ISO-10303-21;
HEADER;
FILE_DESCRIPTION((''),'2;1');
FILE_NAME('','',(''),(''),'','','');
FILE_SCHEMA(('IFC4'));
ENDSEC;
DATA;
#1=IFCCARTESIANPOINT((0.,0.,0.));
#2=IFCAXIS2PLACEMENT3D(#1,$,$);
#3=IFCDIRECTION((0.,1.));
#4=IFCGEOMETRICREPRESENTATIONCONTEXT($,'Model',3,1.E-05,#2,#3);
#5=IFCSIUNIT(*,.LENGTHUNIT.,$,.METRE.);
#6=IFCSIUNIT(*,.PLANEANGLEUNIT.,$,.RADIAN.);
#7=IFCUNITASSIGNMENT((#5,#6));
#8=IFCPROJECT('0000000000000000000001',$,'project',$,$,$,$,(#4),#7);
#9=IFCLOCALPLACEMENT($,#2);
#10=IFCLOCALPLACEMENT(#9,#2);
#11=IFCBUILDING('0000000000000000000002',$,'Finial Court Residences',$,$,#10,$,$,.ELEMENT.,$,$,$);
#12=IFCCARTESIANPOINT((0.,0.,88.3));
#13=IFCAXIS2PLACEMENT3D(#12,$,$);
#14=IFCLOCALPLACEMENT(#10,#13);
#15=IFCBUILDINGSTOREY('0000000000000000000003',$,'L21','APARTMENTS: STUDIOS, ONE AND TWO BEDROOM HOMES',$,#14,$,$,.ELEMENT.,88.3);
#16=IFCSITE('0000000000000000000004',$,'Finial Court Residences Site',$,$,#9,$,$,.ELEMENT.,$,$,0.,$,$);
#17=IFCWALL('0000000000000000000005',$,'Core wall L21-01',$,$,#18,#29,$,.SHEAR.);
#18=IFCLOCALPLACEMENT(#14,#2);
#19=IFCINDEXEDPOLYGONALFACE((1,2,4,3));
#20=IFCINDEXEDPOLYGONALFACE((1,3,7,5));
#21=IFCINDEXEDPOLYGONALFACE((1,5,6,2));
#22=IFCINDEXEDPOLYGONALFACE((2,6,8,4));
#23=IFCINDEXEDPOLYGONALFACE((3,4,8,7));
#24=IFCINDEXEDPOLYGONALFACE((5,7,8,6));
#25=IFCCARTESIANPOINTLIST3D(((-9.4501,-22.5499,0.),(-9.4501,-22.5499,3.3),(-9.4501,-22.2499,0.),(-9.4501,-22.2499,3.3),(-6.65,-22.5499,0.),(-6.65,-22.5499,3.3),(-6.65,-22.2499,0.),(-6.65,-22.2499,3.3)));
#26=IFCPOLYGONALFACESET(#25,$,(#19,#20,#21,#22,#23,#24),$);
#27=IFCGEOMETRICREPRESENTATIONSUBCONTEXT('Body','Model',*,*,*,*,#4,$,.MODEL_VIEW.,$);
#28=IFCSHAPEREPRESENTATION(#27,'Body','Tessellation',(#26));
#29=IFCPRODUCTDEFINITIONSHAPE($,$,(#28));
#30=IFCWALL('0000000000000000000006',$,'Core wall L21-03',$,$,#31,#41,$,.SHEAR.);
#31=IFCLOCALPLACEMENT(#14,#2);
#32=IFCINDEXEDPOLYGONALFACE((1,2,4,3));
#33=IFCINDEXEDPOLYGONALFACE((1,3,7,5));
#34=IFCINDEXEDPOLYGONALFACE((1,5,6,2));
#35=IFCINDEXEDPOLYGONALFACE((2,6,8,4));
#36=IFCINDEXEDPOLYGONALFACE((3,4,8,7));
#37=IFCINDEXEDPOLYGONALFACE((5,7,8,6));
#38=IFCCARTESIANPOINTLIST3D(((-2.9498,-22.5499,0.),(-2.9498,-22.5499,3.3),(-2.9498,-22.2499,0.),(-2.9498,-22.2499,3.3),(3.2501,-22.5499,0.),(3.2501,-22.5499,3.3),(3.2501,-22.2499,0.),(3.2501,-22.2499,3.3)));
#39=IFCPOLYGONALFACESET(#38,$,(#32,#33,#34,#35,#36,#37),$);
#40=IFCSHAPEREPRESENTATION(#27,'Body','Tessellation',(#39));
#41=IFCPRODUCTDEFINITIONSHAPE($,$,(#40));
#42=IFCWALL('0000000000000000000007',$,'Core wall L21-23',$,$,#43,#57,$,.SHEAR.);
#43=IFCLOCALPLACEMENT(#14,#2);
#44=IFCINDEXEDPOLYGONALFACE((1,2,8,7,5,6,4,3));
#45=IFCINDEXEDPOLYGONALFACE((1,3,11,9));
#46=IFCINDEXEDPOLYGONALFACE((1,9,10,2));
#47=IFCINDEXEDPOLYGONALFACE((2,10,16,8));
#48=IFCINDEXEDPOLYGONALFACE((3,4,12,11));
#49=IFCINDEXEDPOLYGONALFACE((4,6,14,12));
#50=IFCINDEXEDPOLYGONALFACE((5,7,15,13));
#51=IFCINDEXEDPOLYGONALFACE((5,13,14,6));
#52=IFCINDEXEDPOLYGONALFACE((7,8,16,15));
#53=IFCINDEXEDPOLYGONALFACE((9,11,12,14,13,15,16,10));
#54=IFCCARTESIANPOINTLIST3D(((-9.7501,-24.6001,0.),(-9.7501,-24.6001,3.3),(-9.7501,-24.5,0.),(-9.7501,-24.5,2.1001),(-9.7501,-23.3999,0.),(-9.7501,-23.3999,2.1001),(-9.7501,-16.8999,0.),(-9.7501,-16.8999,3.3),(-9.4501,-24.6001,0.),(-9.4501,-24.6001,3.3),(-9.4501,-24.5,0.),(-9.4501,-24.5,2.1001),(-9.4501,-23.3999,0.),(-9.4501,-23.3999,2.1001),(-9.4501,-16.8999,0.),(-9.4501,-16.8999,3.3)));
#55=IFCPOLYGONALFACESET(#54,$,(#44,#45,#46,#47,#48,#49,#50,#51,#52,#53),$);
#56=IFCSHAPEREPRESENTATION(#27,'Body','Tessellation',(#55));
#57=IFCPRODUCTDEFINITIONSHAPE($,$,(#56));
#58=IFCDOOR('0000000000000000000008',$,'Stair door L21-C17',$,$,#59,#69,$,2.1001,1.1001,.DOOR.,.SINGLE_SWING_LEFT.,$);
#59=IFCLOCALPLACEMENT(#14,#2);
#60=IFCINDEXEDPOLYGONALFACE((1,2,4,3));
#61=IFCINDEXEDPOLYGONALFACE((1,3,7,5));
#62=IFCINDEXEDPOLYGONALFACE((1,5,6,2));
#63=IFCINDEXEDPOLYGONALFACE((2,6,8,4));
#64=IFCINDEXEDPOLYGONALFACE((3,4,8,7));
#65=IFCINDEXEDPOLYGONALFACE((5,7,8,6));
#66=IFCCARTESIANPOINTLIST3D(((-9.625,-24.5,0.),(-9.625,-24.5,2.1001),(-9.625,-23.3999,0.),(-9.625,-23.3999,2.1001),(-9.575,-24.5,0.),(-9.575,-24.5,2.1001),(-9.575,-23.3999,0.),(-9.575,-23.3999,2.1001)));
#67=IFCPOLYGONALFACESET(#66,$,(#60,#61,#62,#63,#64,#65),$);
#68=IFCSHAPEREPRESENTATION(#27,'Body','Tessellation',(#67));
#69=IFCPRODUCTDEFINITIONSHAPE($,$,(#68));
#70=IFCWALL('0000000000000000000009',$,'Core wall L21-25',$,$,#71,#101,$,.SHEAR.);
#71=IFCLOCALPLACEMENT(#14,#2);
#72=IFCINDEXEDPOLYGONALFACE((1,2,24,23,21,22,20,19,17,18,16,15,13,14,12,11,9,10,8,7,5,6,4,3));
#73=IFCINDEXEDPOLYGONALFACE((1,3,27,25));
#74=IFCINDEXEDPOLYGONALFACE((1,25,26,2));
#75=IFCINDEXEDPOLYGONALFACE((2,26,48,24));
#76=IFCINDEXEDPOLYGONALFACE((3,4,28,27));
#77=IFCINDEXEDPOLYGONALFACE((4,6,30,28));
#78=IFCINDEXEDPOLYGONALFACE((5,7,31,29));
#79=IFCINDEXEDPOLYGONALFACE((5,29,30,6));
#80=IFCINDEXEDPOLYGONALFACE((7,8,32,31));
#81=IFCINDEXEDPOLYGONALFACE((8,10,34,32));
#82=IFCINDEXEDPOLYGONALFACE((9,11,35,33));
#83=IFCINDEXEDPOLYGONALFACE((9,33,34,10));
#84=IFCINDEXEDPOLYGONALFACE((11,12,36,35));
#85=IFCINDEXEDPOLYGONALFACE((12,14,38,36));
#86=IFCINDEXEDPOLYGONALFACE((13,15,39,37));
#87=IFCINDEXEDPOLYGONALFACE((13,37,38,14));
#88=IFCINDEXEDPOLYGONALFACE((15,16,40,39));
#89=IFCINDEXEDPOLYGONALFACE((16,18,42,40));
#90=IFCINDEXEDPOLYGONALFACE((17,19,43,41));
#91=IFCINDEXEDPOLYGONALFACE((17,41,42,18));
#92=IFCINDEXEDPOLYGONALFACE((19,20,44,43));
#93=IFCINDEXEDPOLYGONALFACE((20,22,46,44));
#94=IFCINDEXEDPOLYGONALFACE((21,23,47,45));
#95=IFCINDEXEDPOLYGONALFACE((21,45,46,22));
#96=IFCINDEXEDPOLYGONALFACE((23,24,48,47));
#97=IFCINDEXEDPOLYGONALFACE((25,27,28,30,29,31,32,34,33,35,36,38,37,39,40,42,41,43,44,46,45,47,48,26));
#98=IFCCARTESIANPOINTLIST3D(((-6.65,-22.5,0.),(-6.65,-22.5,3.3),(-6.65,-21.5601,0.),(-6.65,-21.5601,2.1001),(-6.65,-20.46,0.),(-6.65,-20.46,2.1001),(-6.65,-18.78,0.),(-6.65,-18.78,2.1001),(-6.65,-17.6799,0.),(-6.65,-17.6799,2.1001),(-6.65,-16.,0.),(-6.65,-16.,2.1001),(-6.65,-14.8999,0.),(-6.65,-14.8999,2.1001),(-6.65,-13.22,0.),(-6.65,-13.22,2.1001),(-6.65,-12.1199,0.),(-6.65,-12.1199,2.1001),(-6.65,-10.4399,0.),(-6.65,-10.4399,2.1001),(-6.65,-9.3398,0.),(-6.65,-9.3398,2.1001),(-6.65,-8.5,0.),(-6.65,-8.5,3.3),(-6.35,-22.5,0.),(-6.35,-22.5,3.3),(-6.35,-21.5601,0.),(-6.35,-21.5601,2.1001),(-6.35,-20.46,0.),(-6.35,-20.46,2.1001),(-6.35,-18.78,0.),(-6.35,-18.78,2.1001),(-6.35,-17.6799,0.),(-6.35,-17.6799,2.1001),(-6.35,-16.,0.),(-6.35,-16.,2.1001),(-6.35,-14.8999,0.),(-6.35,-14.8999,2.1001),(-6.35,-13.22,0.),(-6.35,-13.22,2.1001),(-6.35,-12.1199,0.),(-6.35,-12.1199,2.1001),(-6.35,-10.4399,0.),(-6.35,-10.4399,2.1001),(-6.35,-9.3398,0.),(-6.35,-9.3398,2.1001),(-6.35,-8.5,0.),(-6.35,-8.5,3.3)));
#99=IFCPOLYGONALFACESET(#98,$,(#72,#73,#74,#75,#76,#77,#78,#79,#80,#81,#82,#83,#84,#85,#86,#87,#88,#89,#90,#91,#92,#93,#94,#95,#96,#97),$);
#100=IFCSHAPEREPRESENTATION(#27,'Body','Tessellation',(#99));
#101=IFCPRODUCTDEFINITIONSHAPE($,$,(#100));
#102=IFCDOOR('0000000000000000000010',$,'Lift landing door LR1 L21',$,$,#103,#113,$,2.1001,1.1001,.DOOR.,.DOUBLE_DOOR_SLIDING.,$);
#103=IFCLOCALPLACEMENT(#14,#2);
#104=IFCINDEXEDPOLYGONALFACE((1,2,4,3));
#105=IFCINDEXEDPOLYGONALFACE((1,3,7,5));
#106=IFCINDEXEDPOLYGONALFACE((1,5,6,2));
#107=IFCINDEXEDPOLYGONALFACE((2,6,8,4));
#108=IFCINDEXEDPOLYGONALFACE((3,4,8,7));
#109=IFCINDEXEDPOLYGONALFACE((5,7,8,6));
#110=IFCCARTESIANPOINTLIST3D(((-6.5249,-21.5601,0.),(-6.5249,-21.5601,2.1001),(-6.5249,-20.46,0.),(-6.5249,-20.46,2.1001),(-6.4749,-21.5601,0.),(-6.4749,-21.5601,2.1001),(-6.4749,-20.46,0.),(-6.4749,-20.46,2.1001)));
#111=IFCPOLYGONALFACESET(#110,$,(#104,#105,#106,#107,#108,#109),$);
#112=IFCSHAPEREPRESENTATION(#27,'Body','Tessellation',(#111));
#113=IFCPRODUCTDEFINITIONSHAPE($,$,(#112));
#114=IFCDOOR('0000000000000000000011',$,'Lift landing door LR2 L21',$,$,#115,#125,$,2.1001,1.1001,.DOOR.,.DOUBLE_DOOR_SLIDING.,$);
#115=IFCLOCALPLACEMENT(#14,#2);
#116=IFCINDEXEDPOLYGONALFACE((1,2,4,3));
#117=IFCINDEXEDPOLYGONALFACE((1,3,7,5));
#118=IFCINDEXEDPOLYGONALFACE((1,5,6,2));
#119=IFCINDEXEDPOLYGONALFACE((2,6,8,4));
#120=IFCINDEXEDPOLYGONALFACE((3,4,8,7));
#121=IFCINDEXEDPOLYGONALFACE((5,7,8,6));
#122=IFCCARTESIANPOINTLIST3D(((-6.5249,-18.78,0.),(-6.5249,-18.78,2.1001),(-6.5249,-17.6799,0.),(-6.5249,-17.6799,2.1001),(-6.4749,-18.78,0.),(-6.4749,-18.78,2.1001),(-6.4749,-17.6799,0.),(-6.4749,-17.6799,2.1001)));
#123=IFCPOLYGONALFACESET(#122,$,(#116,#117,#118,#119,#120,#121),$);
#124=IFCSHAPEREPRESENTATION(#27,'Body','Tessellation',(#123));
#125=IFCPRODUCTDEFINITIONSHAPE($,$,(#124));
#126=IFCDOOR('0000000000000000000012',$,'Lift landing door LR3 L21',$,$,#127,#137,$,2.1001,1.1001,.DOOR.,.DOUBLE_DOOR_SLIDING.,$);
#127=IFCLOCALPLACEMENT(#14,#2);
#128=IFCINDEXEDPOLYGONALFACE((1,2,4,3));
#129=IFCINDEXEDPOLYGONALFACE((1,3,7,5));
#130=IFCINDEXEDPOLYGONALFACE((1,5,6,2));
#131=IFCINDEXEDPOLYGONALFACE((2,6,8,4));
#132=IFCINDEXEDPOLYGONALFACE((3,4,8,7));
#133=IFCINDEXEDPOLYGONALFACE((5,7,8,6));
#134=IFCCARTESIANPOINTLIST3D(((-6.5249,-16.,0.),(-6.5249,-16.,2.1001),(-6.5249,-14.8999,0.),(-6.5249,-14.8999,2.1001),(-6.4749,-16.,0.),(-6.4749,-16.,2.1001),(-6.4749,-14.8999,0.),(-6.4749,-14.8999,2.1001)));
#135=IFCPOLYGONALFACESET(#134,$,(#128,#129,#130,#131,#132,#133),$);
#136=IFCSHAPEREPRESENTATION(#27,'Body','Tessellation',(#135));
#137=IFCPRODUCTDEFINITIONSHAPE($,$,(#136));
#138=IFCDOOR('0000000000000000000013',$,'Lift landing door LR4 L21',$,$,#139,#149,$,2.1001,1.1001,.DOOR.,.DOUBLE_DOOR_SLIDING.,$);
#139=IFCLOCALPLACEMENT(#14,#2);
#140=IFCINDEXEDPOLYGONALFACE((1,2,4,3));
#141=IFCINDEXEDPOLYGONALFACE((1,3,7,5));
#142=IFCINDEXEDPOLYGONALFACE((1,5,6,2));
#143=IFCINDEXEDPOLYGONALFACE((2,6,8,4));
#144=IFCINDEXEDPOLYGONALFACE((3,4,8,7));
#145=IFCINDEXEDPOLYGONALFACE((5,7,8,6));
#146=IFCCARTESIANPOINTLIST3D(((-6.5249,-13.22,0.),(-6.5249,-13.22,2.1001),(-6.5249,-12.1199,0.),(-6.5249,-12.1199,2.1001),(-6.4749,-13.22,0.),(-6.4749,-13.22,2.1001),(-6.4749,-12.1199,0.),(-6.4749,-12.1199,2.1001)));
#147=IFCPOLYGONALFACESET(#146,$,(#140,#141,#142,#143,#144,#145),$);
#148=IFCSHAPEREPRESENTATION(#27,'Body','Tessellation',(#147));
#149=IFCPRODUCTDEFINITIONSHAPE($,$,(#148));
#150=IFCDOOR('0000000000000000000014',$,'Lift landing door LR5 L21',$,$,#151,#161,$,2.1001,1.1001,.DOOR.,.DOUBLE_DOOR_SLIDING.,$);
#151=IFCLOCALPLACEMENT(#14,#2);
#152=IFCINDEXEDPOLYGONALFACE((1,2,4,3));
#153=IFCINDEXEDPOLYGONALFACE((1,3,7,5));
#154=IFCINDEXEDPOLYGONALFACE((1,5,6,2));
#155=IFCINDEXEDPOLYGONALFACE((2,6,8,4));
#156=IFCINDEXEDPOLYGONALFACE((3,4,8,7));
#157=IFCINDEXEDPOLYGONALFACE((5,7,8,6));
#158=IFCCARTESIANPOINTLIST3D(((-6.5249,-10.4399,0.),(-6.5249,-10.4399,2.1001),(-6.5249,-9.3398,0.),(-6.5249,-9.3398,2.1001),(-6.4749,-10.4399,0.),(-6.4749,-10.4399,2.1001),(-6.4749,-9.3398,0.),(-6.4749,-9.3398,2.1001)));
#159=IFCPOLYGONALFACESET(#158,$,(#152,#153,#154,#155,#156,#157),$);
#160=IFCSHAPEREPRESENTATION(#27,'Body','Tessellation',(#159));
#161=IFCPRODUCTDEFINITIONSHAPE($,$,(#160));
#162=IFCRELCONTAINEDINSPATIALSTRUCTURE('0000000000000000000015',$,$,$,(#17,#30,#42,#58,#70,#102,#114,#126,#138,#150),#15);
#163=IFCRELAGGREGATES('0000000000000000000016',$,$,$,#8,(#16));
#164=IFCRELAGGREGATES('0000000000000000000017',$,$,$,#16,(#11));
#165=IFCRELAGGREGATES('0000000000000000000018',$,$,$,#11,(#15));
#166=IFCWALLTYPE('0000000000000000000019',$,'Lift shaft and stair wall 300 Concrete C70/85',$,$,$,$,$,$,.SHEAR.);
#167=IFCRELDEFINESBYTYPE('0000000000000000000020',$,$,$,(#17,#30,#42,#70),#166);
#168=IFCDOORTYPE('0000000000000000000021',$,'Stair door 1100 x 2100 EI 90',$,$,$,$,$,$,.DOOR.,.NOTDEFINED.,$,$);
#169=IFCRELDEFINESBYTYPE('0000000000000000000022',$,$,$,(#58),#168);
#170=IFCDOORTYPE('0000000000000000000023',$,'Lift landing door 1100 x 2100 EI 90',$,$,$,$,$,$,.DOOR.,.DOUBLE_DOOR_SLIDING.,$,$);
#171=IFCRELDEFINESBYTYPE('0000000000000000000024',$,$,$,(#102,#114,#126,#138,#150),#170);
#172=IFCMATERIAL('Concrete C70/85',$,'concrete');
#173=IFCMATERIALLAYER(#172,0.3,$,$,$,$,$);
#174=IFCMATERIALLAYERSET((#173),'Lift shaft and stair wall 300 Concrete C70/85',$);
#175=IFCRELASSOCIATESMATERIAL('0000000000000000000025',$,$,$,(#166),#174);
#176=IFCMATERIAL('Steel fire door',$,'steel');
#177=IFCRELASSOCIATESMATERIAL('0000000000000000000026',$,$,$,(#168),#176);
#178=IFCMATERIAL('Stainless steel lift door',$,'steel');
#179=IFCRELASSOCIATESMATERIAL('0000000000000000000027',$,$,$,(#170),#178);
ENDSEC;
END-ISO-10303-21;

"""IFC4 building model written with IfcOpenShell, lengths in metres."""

from ifc_helpers import new_model, si_unit, direction, frame, frame_2d, origin, place, context, subcontext, project, spatial, rectangle, extrude, material, layer, layer_set, type_object, element, fill, save


model = new_model("IFC4")

# Units and contexts
model_context = context("Model", 3, precision=1e-05, world=origin(), true_north=direction((0.0, 1.0)))
body_context = subcontext(model_context, "Body", "Model", "MODEL_VIEW")
ifc_project = project(units=[si_unit("LENGTHUNIT", "METRE"), si_unit("PLANEANGLEUNIT", "RADIAN")], contexts=[model_context])

# Site, building, storey
site_placement = place(None, origin())
site = spatial("IfcSite", under=ifc_project, at=site_placement, Name="Finial Court Residences Site", CompositionType="ELEMENT", RefElevation=0.0)
building_placement = place(site_placement, origin())
building = spatial("IfcBuilding", under=site, at=building_placement, Name="Finial Court Residences", CompositionType="ELEMENT")
storey_placement = place(building_placement, frame((0.0, 0.0, 88.3)))
storey = spatial("IfcBuildingStorey", under=building, at=storey_placement, Name="L21", Description="APARTMENTS: STUDIOS, ONE AND TWO BEDROOM HOMES", CompositionType="ELEMENT", Elevation=88.3)

# Walls
ifc_material_1 = material(Name="Concrete C70/85", Category="concrete")
ifc_layer_1 = layer(ifc_material_1, 0.3)
ifc_layer_set_1 = layer_set([ifc_layer_1], Name="Lift shaft and stair wall 300 Concrete C70/85")
wall_type_1 = type_object("IfcWallType", Name="Lift shaft and stair wall 300 Concrete C70/85", PredefinedType="SHEAR", material=ifc_layer_set_1)
wall_1_placement = place(storey_placement, frame((-9.45, -22.3999, 0.0), z_axis=(0.0, 0.0, 1.0), x_axis=(1.0, 0.0, 0.0)))
element("IfcWall", 1, at=wall_1_placement, inside=storey, type_object=wall_type_1, Name="Core wall L21-01", PredefinedType="SHEAR", context=body_context, shape_type="SweptSolid", body=[
    extrude(rectangle(XDim=2.8, YDim=0.3, at=frame_2d((1.3999, 0.0))), origin(), (0.0, 0.0, 1.0), 3.3),
])
wall_2_placement = place(storey_placement, frame((-2.95, -22.3999, 0.0), z_axis=(0.0, 0.0, 1.0), x_axis=(1.0, 0.0, 0.0)))
element("IfcWall", 2, at=wall_2_placement, inside=storey, type_object=wall_type_1, Name="Core wall L21-03", PredefinedType="SHEAR", context=body_context, shape_type="SweptSolid", body=[
    extrude(rectangle(XDim=6.2, YDim=0.3, at=frame_2d((3.1001, 0.0))), origin(), (0.0, 0.0, 1.0), 3.3),
])

# Wall, opening, door
wall_3_placement = place(storey_placement, frame((-9.6001, -24.6001, 0.0), z_axis=(0.0, 0.0, 1.0), x_axis=(0.0, 1.0, 0.0)))
wall_3 = element("IfcWall", 3, at=wall_3_placement, inside=storey, type_object=wall_type_1, Name="Core wall L21-23", PredefinedType="SHEAR", context=body_context, shape_type="SweptSolid", body=[
    extrude(rectangle(XDim=7.7002, YDim=0.3, at=frame_2d((3.8501, 0.0))), origin(), (0.0, 0.0, 1.0), 3.3),
])
opening_1_placement = place(wall_3_placement, frame((0.1001, 0.0, 0.0)))
opening_1 = element("IfcOpeningElement", 4, at=opening_1_placement, cuts=wall_3, PredefinedType="OPENING", context=body_context, shape_type="SweptSolid", body=[
    extrude(rectangle(XDim=1.1001, YDim=2.1001, at=frame_2d((0.55, 1.05))), frame((0.0, 0.1599, 0.0), z_axis=(0.0, -1.0, 0.0), x_axis=(1.0, 0.0, 0.0)), (0.0, 0.0, 1.0), 0.3201),
])
ifc_material_2 = material(Name="Steel fire door", Category="steel")
door_type_1 = type_object("IfcDoorType", Name="Stair door 1100 x 2100 EI 90", OperationType="NOTDEFINED", PredefinedType="DOOR", material=ifc_material_2)
door_1_placement = place(opening_1_placement, origin())
door_1 = element("IfcDoor", 5, at=door_1_placement, inside=storey, type_object=door_type_1, Name="Stair door L21-C17", OperationType="SINGLE_SWING_LEFT", OverallHeight=2.1001, OverallWidth=1.1001, PredefinedType="DOOR", context=body_context, shape_type="SweptSolid", body=[
    extrude(rectangle(XDim=1.1001, YDim=2.1001, at=frame_2d((0.55, 1.05))), frame((0.0, 0.0249, 0.0), z_axis=(0.0, -1.0, 0.0), x_axis=(1.0, 0.0, 0.0)), (0.0, 0.0, 1.0), 0.05),
])
fill(opening_1, door_1)

# Wall, openings, doors
wall_4_placement = place(storey_placement, frame((-6.5, -22.5, 0.0), z_axis=(0.0, 0.0, 1.0), x_axis=(0.0, 1.0, 0.0)))
wall_4 = element("IfcWall", 6, at=wall_4_placement, inside=storey, type_object=wall_type_1, Name="Core wall L21-25", PredefinedType="SHEAR", context=body_context, shape_type="SweptSolid", body=[
    extrude(rectangle(XDim=14.0, YDim=0.3, at=frame_2d((7.0, 0.0))), origin(), (0.0, 0.0, 1.0), 3.3),
])
opening_2_placement = place(wall_4_placement, frame((0.9399, 0.0, 0.0)))
opening_2 = element("IfcOpeningElement", 7, at=opening_2_placement, cuts=wall_4, PredefinedType="OPENING", context=body_context, shape_type="SweptSolid", body=[
    extrude(rectangle(XDim=1.1001, YDim=2.1001, at=frame_2d((0.55, 1.05))), frame((0.0, 0.1599, 0.0), z_axis=(0.0, -1.0, 0.0), x_axis=(1.0, 0.0, 0.0)), (0.0, 0.0, 1.0), 0.3201),
])
opening_3_placement = place(wall_4_placement, frame((3.72, 0.0, 0.0)))
opening_3 = element("IfcOpeningElement", 8, at=opening_3_placement, cuts=wall_4, PredefinedType="OPENING", context=body_context, shape_type="SweptSolid", body=[
    extrude(rectangle(XDim=1.1001, YDim=2.1001, at=frame_2d((0.55, 1.05))), frame((0.0, 0.1599, 0.0), z_axis=(0.0, -1.0, 0.0), x_axis=(1.0, 0.0, 0.0)), (0.0, 0.0, 1.0), 0.3201),
])
opening_4_placement = place(wall_4_placement, frame((6.5, 0.0, 0.0)))
opening_4 = element("IfcOpeningElement", 9, at=opening_4_placement, cuts=wall_4, PredefinedType="OPENING", context=body_context, shape_type="SweptSolid", body=[
    extrude(rectangle(XDim=1.1001, YDim=2.1001, at=frame_2d((0.55, 1.05))), frame((0.0, 0.1599, 0.0), z_axis=(0.0, -1.0, 0.0), x_axis=(1.0, 0.0, 0.0)), (0.0, 0.0, 1.0), 0.3201),
])
opening_5_placement = place(wall_4_placement, frame((9.28, 0.0, 0.0)))
opening_5 = element("IfcOpeningElement", 10, at=opening_5_placement, cuts=wall_4, PredefinedType="OPENING", context=body_context, shape_type="SweptSolid", body=[
    extrude(rectangle(XDim=1.1001, YDim=2.1001, at=frame_2d((0.55, 1.05))), frame((0.0, 0.1599, 0.0), z_axis=(0.0, -1.0, 0.0), x_axis=(1.0, 0.0, 0.0)), (0.0, 0.0, 1.0), 0.3201),
])
opening_6_placement = place(wall_4_placement, frame((12.0601, 0.0, 0.0)))
opening_6 = element("IfcOpeningElement", 11, at=opening_6_placement, cuts=wall_4, PredefinedType="OPENING", context=body_context, shape_type="SweptSolid", body=[
    extrude(rectangle(XDim=1.1001, YDim=2.1001, at=frame_2d((0.55, 1.05))), frame((0.0, 0.1599, 0.0), z_axis=(0.0, -1.0, 0.0), x_axis=(1.0, 0.0, 0.0)), (0.0, 0.0, 1.0), 0.3201),
])
ifc_material_3 = material(Name="Stainless steel lift door", Category="steel")
door_type_2 = type_object("IfcDoorType", Name="Lift landing door 1100 x 2100 EI 90", OperationType="DOUBLE_DOOR_SLIDING", PredefinedType="DOOR", material=ifc_material_3)
door_2_placement = place(opening_2_placement, origin())
door_2 = element("IfcDoor", 12, at=door_2_placement, inside=storey, type_object=door_type_2, Name="Lift landing door LR1 L21", OperationType="DOUBLE_DOOR_SLIDING", OverallHeight=2.1001, OverallWidth=1.1001, PredefinedType="DOOR", context=body_context, shape_type="SweptSolid", body=[
    extrude(rectangle(XDim=1.1001, YDim=2.1001, at=frame_2d((0.55, 1.05))), frame((0.0, 0.0249, 0.0), z_axis=(0.0, -1.0, 0.0), x_axis=(1.0, 0.0, 0.0)), (0.0, 0.0, 1.0), 0.05),
])
fill(opening_2, door_2)
door_3_placement = place(opening_3_placement, origin())
door_3 = element("IfcDoor", 13, at=door_3_placement, inside=storey, type_object=door_type_2, Name="Lift landing door LR2 L21", OperationType="DOUBLE_DOOR_SLIDING", OverallHeight=2.1001, OverallWidth=1.1001, PredefinedType="DOOR", context=body_context, shape_type="SweptSolid", body=[
    extrude(rectangle(XDim=1.1001, YDim=2.1001, at=frame_2d((0.55, 1.05))), frame((0.0, 0.0249, 0.0), z_axis=(0.0, -1.0, 0.0), x_axis=(1.0, 0.0, 0.0)), (0.0, 0.0, 1.0), 0.05),
])
fill(opening_3, door_3)
door_4_placement = place(opening_4_placement, origin())
door_4 = element("IfcDoor", 14, at=door_4_placement, inside=storey, type_object=door_type_2, Name="Lift landing door LR3 L21", OperationType="DOUBLE_DOOR_SLIDING", OverallHeight=2.1001, OverallWidth=1.1001, PredefinedType="DOOR", context=body_context, shape_type="SweptSolid", body=[
    extrude(rectangle(XDim=1.1001, YDim=2.1001, at=frame_2d((0.55, 1.05))), frame((0.0, 0.0249, 0.0), z_axis=(0.0, -1.0, 0.0), x_axis=(1.0, 0.0, 0.0)), (0.0, 0.0, 1.0), 0.05),
])
fill(opening_4, door_4)
door_5_placement = place(opening_5_placement, origin())
door_5 = element("IfcDoor", 15, at=door_5_placement, inside=storey, type_object=door_type_2, Name="Lift landing door LR4 L21", OperationType="DOUBLE_DOOR_SLIDING", OverallHeight=2.1001, OverallWidth=1.1001, PredefinedType="DOOR", context=body_context, shape_type="SweptSolid", body=[
    extrude(rectangle(XDim=1.1001, YDim=2.1001, at=frame_2d((0.55, 1.05))), frame((0.0, 0.0249, 0.0), z_axis=(0.0, -1.0, 0.0), x_axis=(1.0, 0.0, 0.0)), (0.0, 0.0, 1.0), 0.05),
])
fill(opening_5, door_5)
door_6_placement = place(opening_6_placement, origin())
door_6 = element("IfcDoor", 16, at=door_6_placement, inside=storey, type_object=door_type_2, Name="Lift landing door LR5 L21", OperationType="DOUBLE_DOOR_SLIDING", OverallHeight=2.1001, OverallWidth=1.1001, PredefinedType="DOOR", context=body_context, shape_type="SweptSolid", body=[
    extrude(rectangle(XDim=1.1001, YDim=2.1001, at=frame_2d((0.55, 1.05))), frame((0.0, 0.0249, 0.0), z_axis=(0.0, -1.0, 0.0), x_axis=(1.0, 0.0, 0.0)), (0.0, 0.0, 1.0), 0.05),
])
fill(opening_6, door_6)

save(model, "model.ifc")
